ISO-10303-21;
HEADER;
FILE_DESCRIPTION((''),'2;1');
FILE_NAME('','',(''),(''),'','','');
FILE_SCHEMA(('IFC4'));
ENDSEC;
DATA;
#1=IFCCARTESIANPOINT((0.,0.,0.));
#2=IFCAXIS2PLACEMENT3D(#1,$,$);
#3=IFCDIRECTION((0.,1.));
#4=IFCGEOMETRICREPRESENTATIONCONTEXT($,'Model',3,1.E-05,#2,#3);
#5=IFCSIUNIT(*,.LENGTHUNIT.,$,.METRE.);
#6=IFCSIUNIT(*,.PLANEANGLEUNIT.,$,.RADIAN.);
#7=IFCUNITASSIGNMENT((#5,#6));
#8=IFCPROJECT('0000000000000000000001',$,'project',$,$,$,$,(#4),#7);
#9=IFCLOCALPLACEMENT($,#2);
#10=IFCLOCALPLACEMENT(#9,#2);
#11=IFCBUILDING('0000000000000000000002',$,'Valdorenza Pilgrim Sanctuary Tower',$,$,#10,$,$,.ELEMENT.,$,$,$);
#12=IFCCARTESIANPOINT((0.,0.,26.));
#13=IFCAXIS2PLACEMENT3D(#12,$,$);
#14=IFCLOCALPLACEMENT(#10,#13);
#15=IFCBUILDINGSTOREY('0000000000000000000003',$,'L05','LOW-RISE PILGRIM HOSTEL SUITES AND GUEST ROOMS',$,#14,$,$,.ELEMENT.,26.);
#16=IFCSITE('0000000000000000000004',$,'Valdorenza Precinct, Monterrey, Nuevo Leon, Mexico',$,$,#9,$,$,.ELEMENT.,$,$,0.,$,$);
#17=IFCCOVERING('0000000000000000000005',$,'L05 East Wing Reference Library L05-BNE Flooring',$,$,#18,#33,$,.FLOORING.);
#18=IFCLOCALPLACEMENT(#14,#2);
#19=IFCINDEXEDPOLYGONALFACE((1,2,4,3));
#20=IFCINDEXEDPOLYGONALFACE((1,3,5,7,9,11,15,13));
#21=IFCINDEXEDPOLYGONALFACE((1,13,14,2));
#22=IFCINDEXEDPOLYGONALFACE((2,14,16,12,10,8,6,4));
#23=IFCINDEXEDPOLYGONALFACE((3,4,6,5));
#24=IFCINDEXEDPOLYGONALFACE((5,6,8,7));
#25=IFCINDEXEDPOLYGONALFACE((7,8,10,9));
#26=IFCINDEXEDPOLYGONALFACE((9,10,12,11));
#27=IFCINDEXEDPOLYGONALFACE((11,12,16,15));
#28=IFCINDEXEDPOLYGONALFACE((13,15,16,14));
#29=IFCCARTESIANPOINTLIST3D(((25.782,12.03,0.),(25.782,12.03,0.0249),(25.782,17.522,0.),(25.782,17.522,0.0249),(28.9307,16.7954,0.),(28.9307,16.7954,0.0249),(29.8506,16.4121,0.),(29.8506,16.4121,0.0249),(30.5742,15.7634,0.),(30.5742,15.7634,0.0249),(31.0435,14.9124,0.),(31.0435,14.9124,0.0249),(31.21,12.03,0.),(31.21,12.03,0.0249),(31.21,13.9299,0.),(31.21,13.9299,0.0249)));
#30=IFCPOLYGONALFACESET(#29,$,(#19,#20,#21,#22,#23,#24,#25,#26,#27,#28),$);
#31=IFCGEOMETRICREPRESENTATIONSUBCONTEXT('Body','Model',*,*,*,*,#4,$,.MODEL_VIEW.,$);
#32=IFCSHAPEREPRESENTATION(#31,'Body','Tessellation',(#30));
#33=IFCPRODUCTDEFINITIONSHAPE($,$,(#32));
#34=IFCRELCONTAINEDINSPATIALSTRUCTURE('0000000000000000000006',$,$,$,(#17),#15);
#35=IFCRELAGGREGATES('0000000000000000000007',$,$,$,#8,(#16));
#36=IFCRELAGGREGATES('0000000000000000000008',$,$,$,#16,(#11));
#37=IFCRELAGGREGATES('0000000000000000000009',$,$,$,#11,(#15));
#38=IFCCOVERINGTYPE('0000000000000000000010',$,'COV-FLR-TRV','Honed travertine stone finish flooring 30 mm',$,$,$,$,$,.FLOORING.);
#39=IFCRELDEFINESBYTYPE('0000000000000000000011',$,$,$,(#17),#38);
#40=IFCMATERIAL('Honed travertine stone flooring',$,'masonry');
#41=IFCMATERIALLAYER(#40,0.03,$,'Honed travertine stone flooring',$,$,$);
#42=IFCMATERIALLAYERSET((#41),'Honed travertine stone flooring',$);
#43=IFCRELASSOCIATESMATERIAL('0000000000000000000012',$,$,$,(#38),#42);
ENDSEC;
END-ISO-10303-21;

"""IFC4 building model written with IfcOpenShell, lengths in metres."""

from ifc_helpers import new_model, si_unit, direction, frame, origin, place, context, subcontext, project, spatial, polyline, outline, extrude, material, layer, layer_set, type_object, element, save


model = new_model("IFC4")

# Units and contexts
model_context = context("Model", 3, precision=1e-05, world=origin(), true_north=direction((0.0, 1.0)))
body_context = subcontext(model_context, "Body", "Model", "MODEL_VIEW")
ifc_project = project(units=[si_unit("LENGTHUNIT", "METRE"), si_unit("PLANEANGLEUNIT", "RADIAN")], contexts=[model_context])

# Site, building, storey
site_placement = place(None, origin())
site = spatial("IfcSite", under=ifc_project, at=site_placement, Name="Valdorenza Precinct, Monterrey, Nuevo Leon, Mexico", CompositionType="ELEMENT", RefElevation=0.0)
building_placement = place(site_placement, origin())
building = spatial("IfcBuilding", under=site, at=building_placement, Name="Valdorenza Pilgrim Sanctuary Tower", CompositionType="ELEMENT")
storey_placement = place(building_placement, frame((0.0, 0.0, 26.0)))
storey = spatial("IfcBuildingStorey", under=building, at=storey_placement, Name="L05", Description="LOW-RISE PILGRIM HOSTEL SUITES AND GUEST ROOMS", CompositionType="ELEMENT", Elevation=26.0)

# Covering
ifc_material_1 = material(Name="Honed travertine stone flooring", Category="masonry")
ifc_layer_1 = layer(ifc_material_1, 0.03, Name="Honed travertine stone flooring")
ifc_layer_set_1 = layer_set([ifc_layer_1], Name="Honed travertine stone flooring")
covering_type_1 = type_object("IfcCoveringType", Name="COV-FLR-TRV", Description="Honed travertine stone finish flooring 30 mm", PredefinedType="FLOORING", material=ifc_layer_set_1)
covering_1_placement = place(storey_placement, origin())
element("IfcCovering", 1, at=covering_1_placement, inside=storey, type_object=covering_type_1, Name="L05 East Wing Reference Library L05-BNE Flooring", PredefinedType="FLOORING", context=body_context, shape_type="SweptSolid", body=[
    extrude(outline(polyline([(28.9307, 16.7954), (29.8506, 16.4121), (30.5742, 15.7634), (31.0435, 14.9124), (31.21, 13.9299), (31.21, 12.03), (25.782, 12.03), (25.782, 17.522), (28.9307, 16.7954)])), origin(), (0.0, 0.0, 1.0), 0.0249),
])

save(model, "model.ifc")
